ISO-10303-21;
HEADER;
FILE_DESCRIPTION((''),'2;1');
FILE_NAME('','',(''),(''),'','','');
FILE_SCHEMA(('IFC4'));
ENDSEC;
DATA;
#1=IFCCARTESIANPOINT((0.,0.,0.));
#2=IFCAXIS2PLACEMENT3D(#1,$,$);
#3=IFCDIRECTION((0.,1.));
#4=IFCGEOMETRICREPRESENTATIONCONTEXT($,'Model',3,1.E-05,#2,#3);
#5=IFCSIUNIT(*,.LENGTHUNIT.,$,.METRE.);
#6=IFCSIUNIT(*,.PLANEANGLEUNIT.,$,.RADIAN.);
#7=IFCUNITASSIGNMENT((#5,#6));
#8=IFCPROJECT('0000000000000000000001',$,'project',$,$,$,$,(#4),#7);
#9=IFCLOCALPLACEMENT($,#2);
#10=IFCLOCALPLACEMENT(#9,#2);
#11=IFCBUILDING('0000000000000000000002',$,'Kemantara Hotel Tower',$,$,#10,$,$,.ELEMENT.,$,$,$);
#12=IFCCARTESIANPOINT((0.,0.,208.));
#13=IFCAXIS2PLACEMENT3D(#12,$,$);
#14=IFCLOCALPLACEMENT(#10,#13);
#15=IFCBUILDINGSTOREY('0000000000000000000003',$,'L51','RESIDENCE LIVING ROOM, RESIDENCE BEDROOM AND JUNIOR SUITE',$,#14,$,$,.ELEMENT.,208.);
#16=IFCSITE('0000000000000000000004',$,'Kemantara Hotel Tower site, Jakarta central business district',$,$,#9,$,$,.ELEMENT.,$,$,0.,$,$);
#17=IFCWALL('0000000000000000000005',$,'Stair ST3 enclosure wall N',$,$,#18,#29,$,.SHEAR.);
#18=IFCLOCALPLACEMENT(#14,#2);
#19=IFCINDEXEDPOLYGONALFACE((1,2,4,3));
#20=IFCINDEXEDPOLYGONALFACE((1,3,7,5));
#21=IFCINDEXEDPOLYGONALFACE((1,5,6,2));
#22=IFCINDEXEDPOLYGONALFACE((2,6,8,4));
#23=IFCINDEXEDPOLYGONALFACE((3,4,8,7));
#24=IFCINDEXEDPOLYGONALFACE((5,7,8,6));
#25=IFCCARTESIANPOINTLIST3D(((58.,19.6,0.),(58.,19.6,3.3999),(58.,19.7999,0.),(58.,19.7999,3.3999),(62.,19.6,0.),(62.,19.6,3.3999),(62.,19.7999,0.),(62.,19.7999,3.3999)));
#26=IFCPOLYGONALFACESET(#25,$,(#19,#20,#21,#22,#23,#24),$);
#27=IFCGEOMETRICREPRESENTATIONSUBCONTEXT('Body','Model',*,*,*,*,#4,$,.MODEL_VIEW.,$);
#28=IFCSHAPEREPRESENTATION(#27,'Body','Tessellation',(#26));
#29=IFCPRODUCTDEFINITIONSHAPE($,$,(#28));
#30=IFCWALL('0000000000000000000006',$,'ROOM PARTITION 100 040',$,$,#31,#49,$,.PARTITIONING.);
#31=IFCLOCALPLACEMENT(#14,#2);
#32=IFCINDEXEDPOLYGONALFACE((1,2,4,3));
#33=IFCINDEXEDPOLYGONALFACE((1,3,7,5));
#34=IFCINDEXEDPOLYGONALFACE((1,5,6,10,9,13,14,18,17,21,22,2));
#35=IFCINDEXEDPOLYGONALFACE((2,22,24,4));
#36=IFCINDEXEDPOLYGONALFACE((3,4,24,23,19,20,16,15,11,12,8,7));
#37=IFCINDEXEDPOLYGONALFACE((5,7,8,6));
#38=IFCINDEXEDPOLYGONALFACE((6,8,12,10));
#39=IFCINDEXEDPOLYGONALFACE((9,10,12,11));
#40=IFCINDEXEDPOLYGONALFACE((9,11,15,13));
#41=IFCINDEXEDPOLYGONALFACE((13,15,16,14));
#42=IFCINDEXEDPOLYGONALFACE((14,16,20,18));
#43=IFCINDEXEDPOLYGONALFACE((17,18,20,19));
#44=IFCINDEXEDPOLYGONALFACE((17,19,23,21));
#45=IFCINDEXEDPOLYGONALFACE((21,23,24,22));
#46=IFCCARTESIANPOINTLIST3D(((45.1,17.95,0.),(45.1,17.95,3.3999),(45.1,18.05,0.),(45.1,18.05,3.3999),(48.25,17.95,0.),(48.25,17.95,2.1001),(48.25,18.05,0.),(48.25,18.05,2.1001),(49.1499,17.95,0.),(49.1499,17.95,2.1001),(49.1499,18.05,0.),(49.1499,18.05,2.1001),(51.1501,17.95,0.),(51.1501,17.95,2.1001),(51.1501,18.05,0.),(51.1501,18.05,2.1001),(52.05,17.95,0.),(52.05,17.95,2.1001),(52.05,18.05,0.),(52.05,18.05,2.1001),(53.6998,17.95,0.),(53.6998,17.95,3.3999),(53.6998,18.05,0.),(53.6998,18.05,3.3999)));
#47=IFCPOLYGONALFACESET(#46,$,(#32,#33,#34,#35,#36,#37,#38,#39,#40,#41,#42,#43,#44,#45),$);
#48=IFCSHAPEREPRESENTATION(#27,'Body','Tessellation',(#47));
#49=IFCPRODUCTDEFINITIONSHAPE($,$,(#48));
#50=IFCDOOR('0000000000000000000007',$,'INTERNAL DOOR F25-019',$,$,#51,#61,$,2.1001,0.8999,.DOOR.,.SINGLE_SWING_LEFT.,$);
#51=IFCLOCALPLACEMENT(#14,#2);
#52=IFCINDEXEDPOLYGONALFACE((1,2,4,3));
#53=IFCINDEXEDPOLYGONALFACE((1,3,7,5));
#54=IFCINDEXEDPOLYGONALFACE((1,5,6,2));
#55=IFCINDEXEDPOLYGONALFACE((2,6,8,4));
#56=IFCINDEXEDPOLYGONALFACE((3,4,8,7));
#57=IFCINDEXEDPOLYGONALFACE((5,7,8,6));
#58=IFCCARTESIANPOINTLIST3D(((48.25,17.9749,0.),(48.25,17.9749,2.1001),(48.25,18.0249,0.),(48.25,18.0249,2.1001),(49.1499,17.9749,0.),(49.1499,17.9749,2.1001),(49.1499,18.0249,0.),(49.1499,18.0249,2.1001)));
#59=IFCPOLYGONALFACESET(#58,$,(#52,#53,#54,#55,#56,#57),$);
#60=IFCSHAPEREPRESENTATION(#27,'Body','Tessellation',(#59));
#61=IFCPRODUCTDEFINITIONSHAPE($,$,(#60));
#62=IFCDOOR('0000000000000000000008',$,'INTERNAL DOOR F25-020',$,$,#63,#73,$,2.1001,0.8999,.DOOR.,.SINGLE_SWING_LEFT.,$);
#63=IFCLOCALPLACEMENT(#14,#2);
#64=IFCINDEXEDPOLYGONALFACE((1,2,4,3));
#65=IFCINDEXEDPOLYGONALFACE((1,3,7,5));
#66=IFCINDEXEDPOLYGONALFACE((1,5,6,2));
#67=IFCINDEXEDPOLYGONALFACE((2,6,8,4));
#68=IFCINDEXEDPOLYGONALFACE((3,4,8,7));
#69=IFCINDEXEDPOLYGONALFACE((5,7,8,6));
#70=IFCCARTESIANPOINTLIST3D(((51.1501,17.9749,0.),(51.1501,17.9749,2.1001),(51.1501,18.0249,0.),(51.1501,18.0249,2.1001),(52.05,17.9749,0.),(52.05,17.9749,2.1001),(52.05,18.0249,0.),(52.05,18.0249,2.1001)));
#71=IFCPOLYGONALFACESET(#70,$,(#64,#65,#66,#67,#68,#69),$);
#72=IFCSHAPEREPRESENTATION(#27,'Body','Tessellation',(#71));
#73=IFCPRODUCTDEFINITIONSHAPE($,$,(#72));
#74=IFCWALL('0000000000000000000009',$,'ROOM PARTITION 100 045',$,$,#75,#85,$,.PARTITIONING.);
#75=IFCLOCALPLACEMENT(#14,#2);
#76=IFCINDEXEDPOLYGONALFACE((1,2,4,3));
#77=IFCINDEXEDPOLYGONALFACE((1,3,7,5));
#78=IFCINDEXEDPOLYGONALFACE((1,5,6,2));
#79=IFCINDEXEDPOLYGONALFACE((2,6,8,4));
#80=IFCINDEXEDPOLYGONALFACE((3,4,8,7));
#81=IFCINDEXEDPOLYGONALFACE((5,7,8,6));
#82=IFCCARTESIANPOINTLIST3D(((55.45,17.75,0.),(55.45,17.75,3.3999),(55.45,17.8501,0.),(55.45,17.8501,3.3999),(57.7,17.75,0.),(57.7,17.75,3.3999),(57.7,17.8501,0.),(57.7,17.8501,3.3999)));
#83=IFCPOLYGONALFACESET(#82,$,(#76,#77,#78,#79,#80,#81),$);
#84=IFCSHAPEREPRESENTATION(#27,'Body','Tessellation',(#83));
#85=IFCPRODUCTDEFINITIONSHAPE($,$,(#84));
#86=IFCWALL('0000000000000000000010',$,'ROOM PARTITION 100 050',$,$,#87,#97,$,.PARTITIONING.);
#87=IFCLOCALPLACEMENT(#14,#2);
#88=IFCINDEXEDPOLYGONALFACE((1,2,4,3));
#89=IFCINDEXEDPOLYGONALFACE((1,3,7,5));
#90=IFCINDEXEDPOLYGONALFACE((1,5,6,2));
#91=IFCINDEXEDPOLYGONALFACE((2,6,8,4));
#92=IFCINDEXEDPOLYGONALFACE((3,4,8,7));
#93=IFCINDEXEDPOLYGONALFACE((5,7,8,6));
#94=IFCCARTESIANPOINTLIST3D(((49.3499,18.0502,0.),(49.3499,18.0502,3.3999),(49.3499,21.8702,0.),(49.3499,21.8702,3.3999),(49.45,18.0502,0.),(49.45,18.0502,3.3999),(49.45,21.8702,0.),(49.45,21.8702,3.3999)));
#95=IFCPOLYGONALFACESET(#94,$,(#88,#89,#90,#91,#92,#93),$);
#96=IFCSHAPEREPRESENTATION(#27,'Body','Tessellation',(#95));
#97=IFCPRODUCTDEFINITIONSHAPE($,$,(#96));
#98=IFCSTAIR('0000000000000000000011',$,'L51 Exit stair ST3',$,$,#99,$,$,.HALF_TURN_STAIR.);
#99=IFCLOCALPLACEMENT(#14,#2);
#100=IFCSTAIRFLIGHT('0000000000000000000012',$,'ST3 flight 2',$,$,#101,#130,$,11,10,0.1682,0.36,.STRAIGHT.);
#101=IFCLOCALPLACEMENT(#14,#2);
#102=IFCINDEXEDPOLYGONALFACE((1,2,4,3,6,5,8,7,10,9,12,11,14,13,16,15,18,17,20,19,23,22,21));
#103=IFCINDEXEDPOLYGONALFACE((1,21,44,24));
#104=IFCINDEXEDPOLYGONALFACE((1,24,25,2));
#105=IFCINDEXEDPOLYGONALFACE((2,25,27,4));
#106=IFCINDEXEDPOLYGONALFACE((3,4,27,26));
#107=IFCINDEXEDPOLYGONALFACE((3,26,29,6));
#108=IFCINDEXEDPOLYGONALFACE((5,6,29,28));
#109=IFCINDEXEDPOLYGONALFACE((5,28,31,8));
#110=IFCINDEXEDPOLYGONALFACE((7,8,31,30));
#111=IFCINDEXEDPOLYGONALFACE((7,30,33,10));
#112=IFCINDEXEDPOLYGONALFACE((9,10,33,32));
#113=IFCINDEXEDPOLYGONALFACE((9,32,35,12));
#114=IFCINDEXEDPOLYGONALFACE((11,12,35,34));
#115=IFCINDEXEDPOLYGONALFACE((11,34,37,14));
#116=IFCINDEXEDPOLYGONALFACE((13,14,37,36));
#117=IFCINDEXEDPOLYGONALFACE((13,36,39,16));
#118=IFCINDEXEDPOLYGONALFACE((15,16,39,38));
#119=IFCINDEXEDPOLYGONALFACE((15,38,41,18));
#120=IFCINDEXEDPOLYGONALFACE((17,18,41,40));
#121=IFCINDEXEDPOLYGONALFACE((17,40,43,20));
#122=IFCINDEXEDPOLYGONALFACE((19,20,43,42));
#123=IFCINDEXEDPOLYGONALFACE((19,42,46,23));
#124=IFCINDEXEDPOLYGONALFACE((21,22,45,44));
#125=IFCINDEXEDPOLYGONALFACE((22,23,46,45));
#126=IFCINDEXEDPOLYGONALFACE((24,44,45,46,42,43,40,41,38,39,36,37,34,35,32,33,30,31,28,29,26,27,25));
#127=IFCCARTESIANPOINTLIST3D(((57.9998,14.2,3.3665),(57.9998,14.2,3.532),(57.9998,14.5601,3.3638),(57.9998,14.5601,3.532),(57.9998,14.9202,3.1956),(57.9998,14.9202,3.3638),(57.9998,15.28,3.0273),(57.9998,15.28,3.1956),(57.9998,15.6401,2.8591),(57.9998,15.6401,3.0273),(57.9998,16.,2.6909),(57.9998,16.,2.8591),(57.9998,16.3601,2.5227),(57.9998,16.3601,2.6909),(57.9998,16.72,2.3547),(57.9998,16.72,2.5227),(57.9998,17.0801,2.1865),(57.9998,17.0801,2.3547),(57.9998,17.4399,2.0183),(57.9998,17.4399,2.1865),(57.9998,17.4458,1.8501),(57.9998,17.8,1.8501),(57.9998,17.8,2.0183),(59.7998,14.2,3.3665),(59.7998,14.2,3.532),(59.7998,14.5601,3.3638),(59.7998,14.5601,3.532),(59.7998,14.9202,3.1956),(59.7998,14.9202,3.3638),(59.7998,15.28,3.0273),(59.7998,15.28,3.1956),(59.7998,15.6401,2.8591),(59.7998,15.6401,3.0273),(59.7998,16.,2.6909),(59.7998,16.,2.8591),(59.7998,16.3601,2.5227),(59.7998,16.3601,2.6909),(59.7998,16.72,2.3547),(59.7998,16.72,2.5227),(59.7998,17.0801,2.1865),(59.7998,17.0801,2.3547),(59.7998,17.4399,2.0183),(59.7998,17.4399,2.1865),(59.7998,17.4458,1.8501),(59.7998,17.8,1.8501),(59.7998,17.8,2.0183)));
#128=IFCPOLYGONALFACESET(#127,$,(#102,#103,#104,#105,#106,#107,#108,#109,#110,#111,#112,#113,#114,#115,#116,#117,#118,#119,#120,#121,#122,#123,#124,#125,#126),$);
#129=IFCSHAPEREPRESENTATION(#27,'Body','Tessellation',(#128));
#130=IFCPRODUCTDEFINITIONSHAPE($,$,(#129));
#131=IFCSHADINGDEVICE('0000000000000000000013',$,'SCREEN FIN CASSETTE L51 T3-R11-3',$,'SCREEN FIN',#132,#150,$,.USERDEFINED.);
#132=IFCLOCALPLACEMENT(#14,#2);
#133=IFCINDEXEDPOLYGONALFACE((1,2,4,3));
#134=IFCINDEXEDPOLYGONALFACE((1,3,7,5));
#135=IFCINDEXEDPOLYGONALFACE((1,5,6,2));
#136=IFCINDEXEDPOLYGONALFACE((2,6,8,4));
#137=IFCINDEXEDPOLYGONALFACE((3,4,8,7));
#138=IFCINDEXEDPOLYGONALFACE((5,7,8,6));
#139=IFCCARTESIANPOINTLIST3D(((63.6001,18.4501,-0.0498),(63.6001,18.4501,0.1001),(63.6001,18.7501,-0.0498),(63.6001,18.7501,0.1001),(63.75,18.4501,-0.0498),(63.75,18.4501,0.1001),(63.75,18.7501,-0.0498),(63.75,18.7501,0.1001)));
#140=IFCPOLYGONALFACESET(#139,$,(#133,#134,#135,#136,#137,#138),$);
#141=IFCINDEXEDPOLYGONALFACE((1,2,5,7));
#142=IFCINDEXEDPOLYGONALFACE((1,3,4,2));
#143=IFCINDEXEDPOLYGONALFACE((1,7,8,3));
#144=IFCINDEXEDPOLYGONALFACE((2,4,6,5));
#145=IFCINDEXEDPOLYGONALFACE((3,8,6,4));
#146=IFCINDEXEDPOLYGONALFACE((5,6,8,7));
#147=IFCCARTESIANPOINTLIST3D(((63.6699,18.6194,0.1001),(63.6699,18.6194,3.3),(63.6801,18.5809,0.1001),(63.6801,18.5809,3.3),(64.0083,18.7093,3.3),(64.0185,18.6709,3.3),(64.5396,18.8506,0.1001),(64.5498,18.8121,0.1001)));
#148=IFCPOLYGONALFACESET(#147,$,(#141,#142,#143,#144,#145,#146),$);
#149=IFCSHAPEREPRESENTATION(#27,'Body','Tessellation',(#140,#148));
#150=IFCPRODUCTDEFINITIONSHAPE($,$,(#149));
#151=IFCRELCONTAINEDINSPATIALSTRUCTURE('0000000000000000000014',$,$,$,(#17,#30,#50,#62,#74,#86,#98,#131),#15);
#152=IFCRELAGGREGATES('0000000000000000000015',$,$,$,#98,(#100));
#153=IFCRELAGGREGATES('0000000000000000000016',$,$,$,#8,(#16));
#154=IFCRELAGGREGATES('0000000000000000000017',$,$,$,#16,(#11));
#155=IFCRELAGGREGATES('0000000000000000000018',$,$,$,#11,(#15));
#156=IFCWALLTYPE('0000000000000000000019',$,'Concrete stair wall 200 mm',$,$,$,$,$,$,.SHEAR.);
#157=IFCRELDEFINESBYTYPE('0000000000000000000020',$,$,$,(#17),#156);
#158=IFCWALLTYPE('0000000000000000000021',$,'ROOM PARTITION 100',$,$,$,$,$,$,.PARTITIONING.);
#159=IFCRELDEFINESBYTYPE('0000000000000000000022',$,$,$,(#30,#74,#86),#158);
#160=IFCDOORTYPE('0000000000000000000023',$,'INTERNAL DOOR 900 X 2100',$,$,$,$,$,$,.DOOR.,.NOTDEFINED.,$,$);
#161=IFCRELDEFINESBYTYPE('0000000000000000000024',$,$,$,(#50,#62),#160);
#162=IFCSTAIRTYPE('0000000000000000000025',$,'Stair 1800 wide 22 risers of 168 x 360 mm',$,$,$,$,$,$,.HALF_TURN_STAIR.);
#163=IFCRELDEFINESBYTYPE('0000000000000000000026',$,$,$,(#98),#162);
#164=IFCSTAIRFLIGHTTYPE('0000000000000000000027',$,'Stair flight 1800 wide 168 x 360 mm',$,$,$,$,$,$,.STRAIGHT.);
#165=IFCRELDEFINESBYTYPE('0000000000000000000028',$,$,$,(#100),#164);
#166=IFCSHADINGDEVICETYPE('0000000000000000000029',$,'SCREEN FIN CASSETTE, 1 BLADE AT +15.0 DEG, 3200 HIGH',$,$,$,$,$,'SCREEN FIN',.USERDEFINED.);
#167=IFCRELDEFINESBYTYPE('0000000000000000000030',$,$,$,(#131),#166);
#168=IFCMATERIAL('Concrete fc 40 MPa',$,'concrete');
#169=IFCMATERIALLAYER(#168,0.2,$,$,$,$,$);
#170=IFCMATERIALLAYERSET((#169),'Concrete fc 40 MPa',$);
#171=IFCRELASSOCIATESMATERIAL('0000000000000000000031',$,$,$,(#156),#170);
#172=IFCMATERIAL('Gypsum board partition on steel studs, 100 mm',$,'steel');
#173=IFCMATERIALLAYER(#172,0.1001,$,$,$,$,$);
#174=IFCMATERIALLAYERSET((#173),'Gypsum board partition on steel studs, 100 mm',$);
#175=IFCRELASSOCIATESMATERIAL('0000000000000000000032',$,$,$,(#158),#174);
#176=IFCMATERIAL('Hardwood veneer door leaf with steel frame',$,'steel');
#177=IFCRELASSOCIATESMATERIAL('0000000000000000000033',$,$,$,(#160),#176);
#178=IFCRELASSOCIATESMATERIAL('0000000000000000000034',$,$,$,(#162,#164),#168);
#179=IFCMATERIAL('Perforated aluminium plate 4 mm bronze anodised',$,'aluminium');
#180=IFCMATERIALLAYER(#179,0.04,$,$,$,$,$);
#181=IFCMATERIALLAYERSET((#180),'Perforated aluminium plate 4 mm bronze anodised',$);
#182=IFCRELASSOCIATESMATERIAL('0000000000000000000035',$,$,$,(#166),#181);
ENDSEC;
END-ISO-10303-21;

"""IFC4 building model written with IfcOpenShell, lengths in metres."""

from ifc_helpers import new_model, si_unit, direction, frame, frame_2d, origin, origin_2d, place, context, subcontext, project, spatial, polyline, rectangle, outline, extrude, source, transform, mapped, material, layer, layer_set, type_object, element, fill, aggregate, save


model = new_model("IFC4")

# Units and contexts
model_context = context("Model", 3, precision=1e-05, world=origin(), true_north=direction((0.0, 1.0)))
body_context = subcontext(model_context, "Body", "Model", "MODEL_VIEW")
ifc_project = project(units=[si_unit("LENGTHUNIT", "METRE"), si_unit("PLANEANGLEUNIT", "RADIAN")], contexts=[model_context])

# Site, building, storey
site_placement = place(None, origin())
site = spatial("IfcSite", under=ifc_project, at=site_placement, Name="Kemantara Hotel Tower site, Jakarta central business district", CompositionType="ELEMENT", RefElevation=0.0)
building_placement = place(site_placement, origin())
building = spatial("IfcBuilding", under=site, at=building_placement, Name="Kemantara Hotel Tower", CompositionType="ELEMENT")
storey_placement = place(building_placement, frame((0.0, 0.0, 208.0)))
storey = spatial("IfcBuildingStorey", under=building, at=storey_placement, Name="L51", Description="RESIDENCE LIVING ROOM, RESIDENCE BEDROOM AND JUNIOR SUITE", CompositionType="ELEMENT", Elevation=208.0)

# Wall
ifc_material_1 = material(Name="Concrete fc 40 MPa", Category="concrete")
ifc_layer_1 = layer(ifc_material_1, 0.2)
ifc_layer_set_1 = layer_set([ifc_layer_1], Name="Concrete fc 40 MPa")
wall_type_1 = type_object("IfcWallType", Name="Concrete stair wall 200 mm", PredefinedType="SHEAR", material=ifc_layer_set_1)
wall_1_placement = place(storey_placement, frame((58.0, 19.7, 0.0), z_axis=(0.0, 0.0, 1.0), x_axis=(1.0, 0.0, 0.0)))
element("IfcWall", 1, at=wall_1_placement, inside=storey, type_object=wall_type_1, Name="Stair ST3 enclosure wall N", PredefinedType="SHEAR", context=body_context, shape_type="SweptSolid", body=[
    extrude(rectangle(XDim=4.0, YDim=0.2, at=frame_2d((2.0, 0.0))), origin(), (0.0, 0.0, 1.0), 3.3999),
])

# Wall, openings, doors
ifc_material_2 = material(Name="Gypsum board partition on steel studs, 100 mm", Category="steel")
ifc_layer_2 = layer(ifc_material_2, 0.1001)
ifc_layer_set_2 = layer_set([ifc_layer_2], Name="Gypsum board partition on steel studs, 100 mm")
wall_type_2 = type_object("IfcWallType", Name="ROOM PARTITION 100", PredefinedType="PARTITIONING", material=ifc_layer_set_2)
wall_2_placement = place(storey_placement, frame((45.1001, 18.0, 0.0), z_axis=(0.0, 0.0, 1.0), x_axis=(1.0, 0.0, 0.0)))
wall_2 = element("IfcWall", 2, at=wall_2_placement, inside=storey, type_object=wall_type_2, Name="ROOM PARTITION 100 040", PredefinedType="PARTITIONING", context=body_context, shape_type="SweptSolid", body=[
    extrude(rectangle(XDim=8.5999, YDim=0.1001, at=frame_2d((4.2998, 0.0))), origin(), (0.0, 0.0, 1.0), 3.3999),
])
opening_1_placement = place(wall_2_placement, frame((3.1499, 0.0, 0.0)))
opening_1 = element("IfcOpeningElement", 3, at=opening_1_placement, cuts=wall_2, PredefinedType="OPENING", context=body_context, shape_type="SweptSolid", body=[
    extrude(rectangle(XDim=0.8999, YDim=2.1001, at=frame_2d((0.45, 1.05))), frame((0.0, 0.0601, 0.0), z_axis=(0.0, -1.0, 0.0), x_axis=(1.0, 0.0, 0.0)), (0.0, 0.0, 1.0), 0.1201),
])
opening_2_placement = place(wall_2_placement, frame((6.05, 0.0, 0.0)))
opening_2 = element("IfcOpeningElement", 4, at=opening_2_placement, cuts=wall_2, PredefinedType="OPENING", context=body_context, shape_type="SweptSolid", body=[
    extrude(rectangle(XDim=0.8999, YDim=2.1001, at=frame_2d((0.45, 1.05))), frame((0.0, 0.0601, 0.0), z_axis=(0.0, -1.0, 0.0), x_axis=(1.0, 0.0, 0.0)), (0.0, 0.0, 1.0), 0.1201),
])
ifc_material_3 = material(Name="Hardwood veneer door leaf with steel frame", Category="steel")
door_type = type_object("IfcDoorType", Name="INTERNAL DOOR 900 X 2100", OperationType="NOTDEFINED", PredefinedType="DOOR", material=ifc_material_3)
door_1_placement = place(opening_1_placement, origin())
door_1 = element("IfcDoor", 5, at=door_1_placement, inside=storey, type_object=door_type, Name="INTERNAL DOOR F25-019", OperationType="SINGLE_SWING_LEFT", OverallHeight=2.1001, OverallWidth=0.8999, PredefinedType="DOOR", context=body_context, shape_type="SweptSolid", body=[
    extrude(rectangle(XDim=0.8999, YDim=2.1001, at=frame_2d((0.45, 1.05))), frame((0.0, 0.0249, 0.0), z_axis=(0.0, -1.0, 0.0), x_axis=(1.0, 0.0, 0.0)), (0.0, 0.0, 1.0), 0.05),
])
fill(opening_1, door_1)
door_2_placement = place(opening_2_placement, origin())
door_2 = element("IfcDoor", 6, at=door_2_placement, inside=storey, type_object=door_type, Name="INTERNAL DOOR F25-020", OperationType="SINGLE_SWING_LEFT", OverallHeight=2.1001, OverallWidth=0.8999, PredefinedType="DOOR", context=body_context, shape_type="SweptSolid", body=[
    extrude(rectangle(XDim=0.8999, YDim=2.1001, at=frame_2d((0.45, 1.05))), frame((0.0, 0.0249, 0.0), z_axis=(0.0, -1.0, 0.0), x_axis=(1.0, 0.0, 0.0)), (0.0, 0.0, 1.0), 0.05),
])
fill(opening_2, door_2)

# Walls
wall_3_placement = place(storey_placement, frame((55.45, 17.8, 0.0), z_axis=(0.0, 0.0, 1.0), x_axis=(1.0, 0.0, 0.0)))
element("IfcWall", 7, at=wall_3_placement, inside=storey, type_object=wall_type_2, Name="ROOM PARTITION 100 045", PredefinedType="PARTITIONING", context=body_context, shape_type="SweptSolid", body=[
    extrude(rectangle(XDim=2.25, YDim=0.1001, at=frame_2d((1.125, 0.0))), origin(), (0.0, 0.0, 1.0), 3.3999),
])
wall_4_placement = place(storey_placement, frame((49.3999, 18.05, 0.0), z_axis=(0.0, 0.0, 1.0), x_axis=(0.0, 1.0, 0.0)))
element("IfcWall", 8, at=wall_4_placement, inside=storey, type_object=wall_type_2, Name="ROOM PARTITION 100 050", PredefinedType="PARTITIONING", context=body_context, shape_type="SweptSolid", body=[
    extrude(rectangle(XDim=3.8201, YDim=0.1001, at=frame_2d((1.9102, 0.0))), origin(), (0.0, 0.0, 1.0), 3.3999),
])

# Stair, stair flight
stair_type = type_object("IfcStairType", Name="Stair 1800 wide 22 risers of 168 x 360 mm", PredefinedType="HALF_TURN_STAIR", material=ifc_material_1)
stair_placement = place(storey_placement, origin())
stair = element("IfcStair", 9, at=stair_placement, inside=storey, type_object=stair_type, Name="L51 Exit stair ST3", PredefinedType="HALF_TURN_STAIR")
stair_flight_type = type_object("IfcStairFlightType", Name="Stair flight 1800 wide 168 x 360 mm", PredefinedType="STRAIGHT", material=ifc_material_1)
stair_flight_placement = place(storey_placement, frame((58.8999, 17.8, 1.8501), z_axis=(0.0, 0.0, 1.0), x_axis=(0.0, -1.0, 0.0)))
stair_flight = element("IfcStairFlight", 10, at=stair_flight_placement, type_object=stair_flight_type, Name="ST3 flight 2", NumberOfRisers=11, NumberOfTreads=10, PredefinedType="STRAIGHT", RiserHeight=0.1682, TreadLength=0.36, context=body_context, shape_type="SweptSolid", body=[
    extrude(outline(polyline([(0.0, 0.0), (0.0, 0.1682), (0.3601, 0.1682), (0.3601, 0.3364), (0.72, 0.3364), (0.72, 0.5046), (1.0801, 0.5046), (1.0801, 0.6726), (1.4399, 0.6726), (1.4399, 0.8408), (1.8, 0.8408), (1.8, 1.009), (2.1599, 1.009), (2.1599, 1.1772), (2.52, 1.1772), (2.52, 1.3455), (2.8799, 1.3455), (2.8799, 1.5137), (3.24, 1.5137), (3.24, 1.6819), (3.6001, 1.6819), (3.6001, 1.8501), (3.6001, 1.5164), (0.3542, 0.0), (0.0, 0.0)])), frame((0.0, 0.8999, 0.0), z_axis=(0.0, -1.0, 0.0), x_axis=(1.0, 0.0, 0.0)), (0.0, 0.0, 1.0), 1.8),
])
aggregate(stair, [stair_flight])

# Shading device
ifc_material_4 = material(Name="Perforated aluminium plate 4 mm bronze anodised", Category="aluminium")
ifc_layer_3 = layer(ifc_material_4, 0.04)
ifc_layer_set_3 = layer_set([ifc_layer_3], Name="Perforated aluminium plate 4 mm bronze anodised")
shading_device_type = type_object("IfcShadingDeviceType", Name="SCREEN FIN CASSETTE, 1 BLADE AT +15.0 DEG, 3200 HIGH", ElementType="SCREEN FIN", PredefinedType="USERDEFINED", material=ifc_layer_set_3)
shared_shape_1 = source(origin(), body_context, "Body", "SweptSolid", [
    extrude(rectangle(XDim=0.3, YDim=0.1499, at=origin_2d()), frame((0.0, -0.075, -0.1499), z_axis=(0.0, 0.0, 1.0), x_axis=(1.0, 0.0, 0.0)), (0.0, 0.0, 1.0), 0.1499),
    extrude(outline(polyline([(0.0, 0.0), (0.8999, 0.0), (0.3501, 3.2), (0.0, 3.2), (0.0, 0.0)])), frame((0.0193, -0.0698, 0.0), z_axis=(-0.966438, -0.256901, 0.0), x_axis=(0.256901, -0.966438, 0.0)), (0.0, 0.0, 1.0), 0.0398),
])
shading_device_placement = place(storey_placement, frame((63.6001, 18.6001, 0.1001), z_axis=(0.0, 0.0, 1.0), x_axis=(0.0, 1.0, 0.0)))
element("IfcShadingDevice", 11, at=shading_device_placement, inside=storey, type_object=shading_device_type, Name="SCREEN FIN CASSETTE L51 T3-R11-3", ObjectType="SCREEN FIN", PredefinedType="USERDEFINED", context=body_context, shape_type="MappedRepresentation", body=[
    mapped(shared_shape_1, transform((0.0, 0.0, 0.0))),
])

save(model, "model.ifc")
